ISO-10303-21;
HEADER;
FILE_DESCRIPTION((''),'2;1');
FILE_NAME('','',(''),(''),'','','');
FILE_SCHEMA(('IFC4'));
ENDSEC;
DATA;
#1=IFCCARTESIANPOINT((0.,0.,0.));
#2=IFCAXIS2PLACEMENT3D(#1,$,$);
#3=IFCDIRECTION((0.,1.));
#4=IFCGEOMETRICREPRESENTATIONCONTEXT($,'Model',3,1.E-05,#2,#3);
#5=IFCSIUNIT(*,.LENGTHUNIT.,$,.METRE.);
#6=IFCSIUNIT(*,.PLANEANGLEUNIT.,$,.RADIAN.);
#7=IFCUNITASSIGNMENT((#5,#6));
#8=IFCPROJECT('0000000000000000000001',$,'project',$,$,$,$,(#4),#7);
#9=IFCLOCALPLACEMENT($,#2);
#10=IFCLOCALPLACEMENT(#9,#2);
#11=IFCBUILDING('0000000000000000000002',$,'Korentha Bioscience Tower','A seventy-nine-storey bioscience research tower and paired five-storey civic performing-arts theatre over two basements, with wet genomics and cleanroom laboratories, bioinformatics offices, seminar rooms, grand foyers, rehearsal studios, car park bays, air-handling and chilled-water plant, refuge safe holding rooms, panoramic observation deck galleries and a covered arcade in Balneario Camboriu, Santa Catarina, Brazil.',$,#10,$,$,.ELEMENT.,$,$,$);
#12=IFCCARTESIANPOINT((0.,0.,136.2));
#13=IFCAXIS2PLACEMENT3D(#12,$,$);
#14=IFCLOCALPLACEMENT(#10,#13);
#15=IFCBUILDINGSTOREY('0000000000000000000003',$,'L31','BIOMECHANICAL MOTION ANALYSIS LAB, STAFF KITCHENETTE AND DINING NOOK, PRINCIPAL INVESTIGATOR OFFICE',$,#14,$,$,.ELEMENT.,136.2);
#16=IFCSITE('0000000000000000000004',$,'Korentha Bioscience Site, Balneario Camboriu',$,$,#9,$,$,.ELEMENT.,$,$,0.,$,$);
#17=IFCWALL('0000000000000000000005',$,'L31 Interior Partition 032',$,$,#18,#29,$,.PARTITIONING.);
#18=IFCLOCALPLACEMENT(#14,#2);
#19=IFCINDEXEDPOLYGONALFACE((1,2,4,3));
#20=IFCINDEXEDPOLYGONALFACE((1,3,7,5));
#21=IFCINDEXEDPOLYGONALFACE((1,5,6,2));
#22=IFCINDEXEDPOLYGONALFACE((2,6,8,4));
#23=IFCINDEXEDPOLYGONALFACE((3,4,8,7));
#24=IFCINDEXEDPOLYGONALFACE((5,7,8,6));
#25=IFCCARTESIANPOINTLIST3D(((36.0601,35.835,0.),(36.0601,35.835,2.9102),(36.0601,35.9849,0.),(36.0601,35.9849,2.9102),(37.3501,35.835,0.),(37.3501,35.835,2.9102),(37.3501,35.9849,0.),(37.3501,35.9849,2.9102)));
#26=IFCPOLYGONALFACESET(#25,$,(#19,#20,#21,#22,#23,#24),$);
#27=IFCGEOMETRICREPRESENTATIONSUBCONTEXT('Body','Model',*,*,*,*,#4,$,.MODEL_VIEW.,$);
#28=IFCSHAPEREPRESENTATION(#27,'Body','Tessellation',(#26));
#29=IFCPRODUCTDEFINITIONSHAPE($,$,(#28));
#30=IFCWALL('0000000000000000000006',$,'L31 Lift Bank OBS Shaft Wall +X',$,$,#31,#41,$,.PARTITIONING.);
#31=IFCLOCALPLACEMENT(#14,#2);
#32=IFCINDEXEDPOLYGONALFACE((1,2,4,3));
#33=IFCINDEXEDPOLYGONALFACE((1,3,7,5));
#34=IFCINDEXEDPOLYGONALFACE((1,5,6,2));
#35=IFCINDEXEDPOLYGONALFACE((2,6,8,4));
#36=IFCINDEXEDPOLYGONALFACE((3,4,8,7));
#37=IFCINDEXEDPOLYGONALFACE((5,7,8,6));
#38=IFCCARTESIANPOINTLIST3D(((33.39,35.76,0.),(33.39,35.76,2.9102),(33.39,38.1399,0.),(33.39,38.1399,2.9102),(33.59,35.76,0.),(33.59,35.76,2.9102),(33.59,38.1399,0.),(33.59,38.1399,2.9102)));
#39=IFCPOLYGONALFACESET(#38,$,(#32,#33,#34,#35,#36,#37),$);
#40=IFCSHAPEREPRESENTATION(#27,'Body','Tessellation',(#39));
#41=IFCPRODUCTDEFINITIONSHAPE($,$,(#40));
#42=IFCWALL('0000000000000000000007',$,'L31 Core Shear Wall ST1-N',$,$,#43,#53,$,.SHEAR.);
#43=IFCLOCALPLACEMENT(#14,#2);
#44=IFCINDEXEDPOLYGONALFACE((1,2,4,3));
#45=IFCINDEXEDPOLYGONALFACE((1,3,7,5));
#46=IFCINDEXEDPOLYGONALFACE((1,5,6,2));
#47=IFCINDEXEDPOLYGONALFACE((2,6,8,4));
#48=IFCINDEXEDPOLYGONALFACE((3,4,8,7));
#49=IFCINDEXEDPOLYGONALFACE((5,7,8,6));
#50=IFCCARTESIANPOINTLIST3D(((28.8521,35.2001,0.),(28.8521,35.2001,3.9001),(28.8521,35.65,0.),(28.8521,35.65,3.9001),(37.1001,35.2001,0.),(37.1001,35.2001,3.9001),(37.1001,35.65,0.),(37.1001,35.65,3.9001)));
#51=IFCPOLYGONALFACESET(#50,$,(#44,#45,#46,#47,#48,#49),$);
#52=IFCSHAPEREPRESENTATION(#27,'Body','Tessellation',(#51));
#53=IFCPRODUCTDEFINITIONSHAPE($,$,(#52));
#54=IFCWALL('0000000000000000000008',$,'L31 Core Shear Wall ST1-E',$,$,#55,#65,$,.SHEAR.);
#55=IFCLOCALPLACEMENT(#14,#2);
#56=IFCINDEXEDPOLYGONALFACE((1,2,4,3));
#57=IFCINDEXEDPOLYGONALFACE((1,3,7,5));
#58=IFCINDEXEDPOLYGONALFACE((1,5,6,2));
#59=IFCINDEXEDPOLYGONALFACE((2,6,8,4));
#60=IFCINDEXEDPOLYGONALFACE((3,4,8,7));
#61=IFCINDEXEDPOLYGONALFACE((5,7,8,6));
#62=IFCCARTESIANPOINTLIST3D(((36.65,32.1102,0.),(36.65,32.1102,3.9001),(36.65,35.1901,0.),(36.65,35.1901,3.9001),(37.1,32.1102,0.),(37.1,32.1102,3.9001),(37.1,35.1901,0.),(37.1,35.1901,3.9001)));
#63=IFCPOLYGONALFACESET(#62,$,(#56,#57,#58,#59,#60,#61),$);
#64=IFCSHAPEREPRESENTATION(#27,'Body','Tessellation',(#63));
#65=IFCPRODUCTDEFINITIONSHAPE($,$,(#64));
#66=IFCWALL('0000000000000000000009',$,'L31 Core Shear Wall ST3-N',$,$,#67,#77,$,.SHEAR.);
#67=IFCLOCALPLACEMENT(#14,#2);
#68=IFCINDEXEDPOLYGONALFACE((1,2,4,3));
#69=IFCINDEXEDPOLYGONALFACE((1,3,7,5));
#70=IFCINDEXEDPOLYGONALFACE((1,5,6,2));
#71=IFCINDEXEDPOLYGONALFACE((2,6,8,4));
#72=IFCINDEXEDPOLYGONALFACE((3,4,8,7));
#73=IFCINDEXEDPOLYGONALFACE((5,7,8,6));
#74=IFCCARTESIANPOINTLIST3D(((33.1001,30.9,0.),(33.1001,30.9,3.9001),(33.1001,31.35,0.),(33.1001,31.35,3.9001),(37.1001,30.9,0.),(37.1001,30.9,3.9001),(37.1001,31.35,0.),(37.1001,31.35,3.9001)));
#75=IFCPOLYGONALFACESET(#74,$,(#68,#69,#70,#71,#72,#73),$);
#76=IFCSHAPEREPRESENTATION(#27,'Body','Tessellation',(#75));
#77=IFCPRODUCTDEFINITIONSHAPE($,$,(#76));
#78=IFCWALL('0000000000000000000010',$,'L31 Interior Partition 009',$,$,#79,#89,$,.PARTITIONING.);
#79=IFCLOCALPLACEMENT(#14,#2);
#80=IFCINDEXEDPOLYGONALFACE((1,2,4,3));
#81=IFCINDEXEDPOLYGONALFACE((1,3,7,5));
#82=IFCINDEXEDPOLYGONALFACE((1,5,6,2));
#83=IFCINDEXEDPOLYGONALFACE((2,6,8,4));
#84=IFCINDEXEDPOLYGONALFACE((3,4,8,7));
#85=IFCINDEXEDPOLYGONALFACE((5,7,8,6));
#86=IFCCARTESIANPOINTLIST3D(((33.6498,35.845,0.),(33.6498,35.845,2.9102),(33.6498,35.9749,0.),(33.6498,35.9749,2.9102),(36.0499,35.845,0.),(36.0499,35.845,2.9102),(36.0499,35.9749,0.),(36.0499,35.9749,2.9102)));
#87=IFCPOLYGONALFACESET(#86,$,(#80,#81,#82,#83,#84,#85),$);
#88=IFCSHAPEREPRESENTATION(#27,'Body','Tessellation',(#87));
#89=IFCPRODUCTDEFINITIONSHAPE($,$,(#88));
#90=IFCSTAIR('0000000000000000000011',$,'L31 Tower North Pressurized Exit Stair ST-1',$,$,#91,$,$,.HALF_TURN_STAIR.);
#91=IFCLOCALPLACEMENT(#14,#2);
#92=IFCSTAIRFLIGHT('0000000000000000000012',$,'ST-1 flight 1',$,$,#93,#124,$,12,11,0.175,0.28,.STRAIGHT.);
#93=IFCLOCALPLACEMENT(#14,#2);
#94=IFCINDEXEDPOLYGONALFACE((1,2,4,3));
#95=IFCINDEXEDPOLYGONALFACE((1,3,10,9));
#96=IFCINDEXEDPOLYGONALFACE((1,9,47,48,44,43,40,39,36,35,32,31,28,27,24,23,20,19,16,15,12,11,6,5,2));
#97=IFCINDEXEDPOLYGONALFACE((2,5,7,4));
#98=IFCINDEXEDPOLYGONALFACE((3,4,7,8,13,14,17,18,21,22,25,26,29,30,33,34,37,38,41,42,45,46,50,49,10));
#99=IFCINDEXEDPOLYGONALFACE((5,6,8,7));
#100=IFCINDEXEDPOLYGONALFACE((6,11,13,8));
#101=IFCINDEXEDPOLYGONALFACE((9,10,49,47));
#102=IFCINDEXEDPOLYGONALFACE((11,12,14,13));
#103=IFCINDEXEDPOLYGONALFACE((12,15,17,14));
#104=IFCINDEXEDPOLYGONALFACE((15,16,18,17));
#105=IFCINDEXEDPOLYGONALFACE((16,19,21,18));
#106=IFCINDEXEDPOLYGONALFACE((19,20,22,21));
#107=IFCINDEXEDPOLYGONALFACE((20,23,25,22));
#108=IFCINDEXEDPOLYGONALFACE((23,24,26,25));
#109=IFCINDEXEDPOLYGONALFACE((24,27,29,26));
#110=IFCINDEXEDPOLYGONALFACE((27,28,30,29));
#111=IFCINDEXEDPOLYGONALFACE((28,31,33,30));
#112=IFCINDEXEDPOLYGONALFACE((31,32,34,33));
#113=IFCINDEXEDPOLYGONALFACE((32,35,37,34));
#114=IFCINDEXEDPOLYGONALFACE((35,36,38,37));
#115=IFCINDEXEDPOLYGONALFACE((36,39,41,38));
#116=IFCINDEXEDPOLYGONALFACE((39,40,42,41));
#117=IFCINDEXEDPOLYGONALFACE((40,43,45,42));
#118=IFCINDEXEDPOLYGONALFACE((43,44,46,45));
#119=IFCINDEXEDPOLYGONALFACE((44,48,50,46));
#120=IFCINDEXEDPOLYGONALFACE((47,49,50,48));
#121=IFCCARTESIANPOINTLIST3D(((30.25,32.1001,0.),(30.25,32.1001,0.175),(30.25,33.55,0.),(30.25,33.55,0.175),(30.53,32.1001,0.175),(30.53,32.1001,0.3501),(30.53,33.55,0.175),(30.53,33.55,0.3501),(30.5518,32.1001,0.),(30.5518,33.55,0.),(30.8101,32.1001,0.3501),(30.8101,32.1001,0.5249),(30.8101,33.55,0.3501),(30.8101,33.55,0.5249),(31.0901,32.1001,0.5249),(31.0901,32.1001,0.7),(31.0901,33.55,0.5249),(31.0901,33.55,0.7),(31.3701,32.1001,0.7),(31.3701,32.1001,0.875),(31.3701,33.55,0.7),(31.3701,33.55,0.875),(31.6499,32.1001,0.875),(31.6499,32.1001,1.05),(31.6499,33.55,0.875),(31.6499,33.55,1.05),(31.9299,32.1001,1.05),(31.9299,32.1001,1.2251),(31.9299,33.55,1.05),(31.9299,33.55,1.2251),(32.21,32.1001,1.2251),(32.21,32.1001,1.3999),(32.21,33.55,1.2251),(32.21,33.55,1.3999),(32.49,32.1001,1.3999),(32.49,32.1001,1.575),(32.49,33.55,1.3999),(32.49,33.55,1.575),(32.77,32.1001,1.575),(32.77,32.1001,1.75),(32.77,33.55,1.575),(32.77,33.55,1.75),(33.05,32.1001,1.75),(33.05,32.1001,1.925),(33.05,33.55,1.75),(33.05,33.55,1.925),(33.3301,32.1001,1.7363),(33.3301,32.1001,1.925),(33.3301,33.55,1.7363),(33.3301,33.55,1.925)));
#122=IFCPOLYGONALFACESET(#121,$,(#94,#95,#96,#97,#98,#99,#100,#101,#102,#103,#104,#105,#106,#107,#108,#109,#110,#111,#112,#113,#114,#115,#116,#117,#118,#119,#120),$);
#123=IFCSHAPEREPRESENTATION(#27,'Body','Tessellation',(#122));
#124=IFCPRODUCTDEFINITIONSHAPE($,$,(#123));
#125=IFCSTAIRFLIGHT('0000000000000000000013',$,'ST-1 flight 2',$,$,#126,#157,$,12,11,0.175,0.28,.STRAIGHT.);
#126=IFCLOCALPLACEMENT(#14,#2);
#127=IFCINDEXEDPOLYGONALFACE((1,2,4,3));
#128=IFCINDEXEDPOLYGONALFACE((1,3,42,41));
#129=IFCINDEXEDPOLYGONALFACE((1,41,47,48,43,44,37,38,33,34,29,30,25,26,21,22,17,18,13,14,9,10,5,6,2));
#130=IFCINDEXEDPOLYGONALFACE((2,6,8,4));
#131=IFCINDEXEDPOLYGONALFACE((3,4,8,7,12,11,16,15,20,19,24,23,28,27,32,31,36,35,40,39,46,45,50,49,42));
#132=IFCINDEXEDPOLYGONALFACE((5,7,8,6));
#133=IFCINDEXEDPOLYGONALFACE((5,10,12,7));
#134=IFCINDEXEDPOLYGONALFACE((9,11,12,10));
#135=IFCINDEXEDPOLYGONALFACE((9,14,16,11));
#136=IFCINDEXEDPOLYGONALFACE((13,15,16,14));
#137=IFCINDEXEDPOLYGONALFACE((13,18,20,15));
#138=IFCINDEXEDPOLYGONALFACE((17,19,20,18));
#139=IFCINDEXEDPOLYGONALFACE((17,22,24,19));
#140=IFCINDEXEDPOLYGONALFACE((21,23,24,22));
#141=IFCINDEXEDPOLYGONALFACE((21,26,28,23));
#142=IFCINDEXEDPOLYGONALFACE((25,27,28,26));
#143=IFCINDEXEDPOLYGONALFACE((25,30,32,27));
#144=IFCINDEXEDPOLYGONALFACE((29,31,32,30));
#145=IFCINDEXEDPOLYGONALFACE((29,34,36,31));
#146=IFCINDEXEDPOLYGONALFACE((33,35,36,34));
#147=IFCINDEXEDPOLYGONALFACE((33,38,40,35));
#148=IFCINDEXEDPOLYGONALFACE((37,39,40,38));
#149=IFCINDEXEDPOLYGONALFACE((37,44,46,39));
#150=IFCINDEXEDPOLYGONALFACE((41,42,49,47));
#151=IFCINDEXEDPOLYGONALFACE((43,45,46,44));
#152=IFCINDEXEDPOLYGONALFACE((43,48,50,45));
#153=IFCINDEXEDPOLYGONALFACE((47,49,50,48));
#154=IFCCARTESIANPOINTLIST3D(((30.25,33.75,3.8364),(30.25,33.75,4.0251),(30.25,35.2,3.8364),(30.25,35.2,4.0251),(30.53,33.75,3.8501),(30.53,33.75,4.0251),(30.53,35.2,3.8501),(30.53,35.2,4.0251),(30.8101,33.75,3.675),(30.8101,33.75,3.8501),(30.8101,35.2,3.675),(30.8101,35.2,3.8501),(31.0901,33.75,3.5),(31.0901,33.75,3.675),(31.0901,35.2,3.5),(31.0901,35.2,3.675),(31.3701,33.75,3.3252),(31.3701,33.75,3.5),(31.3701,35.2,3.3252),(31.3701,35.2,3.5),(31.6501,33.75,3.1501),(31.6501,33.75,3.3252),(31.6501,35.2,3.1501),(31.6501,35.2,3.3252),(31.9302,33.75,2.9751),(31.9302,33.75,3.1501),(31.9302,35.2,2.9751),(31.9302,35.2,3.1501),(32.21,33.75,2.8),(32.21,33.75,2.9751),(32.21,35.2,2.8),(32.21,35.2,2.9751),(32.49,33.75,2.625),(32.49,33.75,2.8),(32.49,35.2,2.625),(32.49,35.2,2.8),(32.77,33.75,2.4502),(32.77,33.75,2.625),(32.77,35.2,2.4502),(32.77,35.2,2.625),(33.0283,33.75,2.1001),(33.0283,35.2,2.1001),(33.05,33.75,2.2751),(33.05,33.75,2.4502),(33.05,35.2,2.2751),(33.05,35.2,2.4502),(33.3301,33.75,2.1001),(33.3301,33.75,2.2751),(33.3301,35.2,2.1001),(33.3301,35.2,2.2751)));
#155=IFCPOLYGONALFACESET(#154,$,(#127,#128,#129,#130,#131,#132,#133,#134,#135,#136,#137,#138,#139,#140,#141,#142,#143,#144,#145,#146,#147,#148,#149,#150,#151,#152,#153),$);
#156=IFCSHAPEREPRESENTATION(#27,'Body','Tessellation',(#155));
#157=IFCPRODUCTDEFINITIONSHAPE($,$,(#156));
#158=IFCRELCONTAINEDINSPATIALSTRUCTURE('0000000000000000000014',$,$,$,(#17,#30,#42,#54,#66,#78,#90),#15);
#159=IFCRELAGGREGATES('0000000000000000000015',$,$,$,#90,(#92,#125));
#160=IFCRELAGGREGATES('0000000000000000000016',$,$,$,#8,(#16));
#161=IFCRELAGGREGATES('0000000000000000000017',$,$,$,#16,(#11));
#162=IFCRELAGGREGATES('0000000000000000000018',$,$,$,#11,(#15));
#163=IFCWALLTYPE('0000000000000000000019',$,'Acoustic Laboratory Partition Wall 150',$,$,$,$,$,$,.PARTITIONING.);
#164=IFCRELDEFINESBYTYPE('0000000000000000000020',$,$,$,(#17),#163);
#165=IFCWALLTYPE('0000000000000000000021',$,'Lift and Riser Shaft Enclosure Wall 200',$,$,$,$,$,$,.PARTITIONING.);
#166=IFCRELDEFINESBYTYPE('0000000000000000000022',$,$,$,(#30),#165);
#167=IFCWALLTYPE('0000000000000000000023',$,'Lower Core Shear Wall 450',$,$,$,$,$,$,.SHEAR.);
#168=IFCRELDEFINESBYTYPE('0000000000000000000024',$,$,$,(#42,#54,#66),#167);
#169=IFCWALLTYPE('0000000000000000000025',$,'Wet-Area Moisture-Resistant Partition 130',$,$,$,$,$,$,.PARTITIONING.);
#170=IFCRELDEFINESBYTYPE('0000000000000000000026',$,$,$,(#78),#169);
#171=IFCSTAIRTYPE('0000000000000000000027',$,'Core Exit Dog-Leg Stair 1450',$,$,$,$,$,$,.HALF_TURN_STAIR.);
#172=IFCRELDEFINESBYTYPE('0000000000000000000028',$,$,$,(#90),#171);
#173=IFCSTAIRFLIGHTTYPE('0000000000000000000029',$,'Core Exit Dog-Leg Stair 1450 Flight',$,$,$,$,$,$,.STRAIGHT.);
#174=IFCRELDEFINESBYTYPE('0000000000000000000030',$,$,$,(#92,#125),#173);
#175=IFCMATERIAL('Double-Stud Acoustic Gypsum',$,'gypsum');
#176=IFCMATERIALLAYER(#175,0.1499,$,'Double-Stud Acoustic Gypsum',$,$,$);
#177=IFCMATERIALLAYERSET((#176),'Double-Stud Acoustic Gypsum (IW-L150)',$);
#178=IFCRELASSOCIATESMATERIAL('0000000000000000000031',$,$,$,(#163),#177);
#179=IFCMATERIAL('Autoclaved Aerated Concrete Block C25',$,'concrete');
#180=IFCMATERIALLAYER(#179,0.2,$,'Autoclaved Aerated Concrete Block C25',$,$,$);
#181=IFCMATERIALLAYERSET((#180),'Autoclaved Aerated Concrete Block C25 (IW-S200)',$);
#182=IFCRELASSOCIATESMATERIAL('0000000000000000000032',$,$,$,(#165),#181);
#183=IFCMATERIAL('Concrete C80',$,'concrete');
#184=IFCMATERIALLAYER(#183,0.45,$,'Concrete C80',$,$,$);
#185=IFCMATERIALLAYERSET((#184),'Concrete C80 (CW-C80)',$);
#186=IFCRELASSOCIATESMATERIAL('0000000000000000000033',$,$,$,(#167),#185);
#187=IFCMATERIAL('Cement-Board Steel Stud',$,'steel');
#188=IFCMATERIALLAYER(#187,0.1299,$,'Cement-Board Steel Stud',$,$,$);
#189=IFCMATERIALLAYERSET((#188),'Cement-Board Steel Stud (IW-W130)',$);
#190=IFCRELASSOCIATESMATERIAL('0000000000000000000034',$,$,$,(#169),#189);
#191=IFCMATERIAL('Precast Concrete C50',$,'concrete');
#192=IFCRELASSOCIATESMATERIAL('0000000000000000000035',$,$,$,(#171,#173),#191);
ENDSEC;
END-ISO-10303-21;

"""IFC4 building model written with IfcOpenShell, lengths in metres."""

from ifc_helpers import new_model, si_unit, direction, frame, frame_2d, origin, place, context, subcontext, project, spatial, polyline, rectangle, outline, extrude, material, layer, layer_set, type_object, element, aggregate, save


model = new_model("IFC4")

# Units and contexts
model_context = context("Model", 3, precision=1e-05, world=origin(), true_north=direction((0.0, 1.0)))
body_context = subcontext(model_context, "Body", "Model", "MODEL_VIEW")
ifc_project = project(units=[si_unit("LENGTHUNIT", "METRE"), si_unit("PLANEANGLEUNIT", "RADIAN")], contexts=[model_context])

# Site, building, storey
site_placement = place(None, origin())
site = spatial("IfcSite", under=ifc_project, at=site_placement, Name="Korentha Bioscience Site, Balneario Camboriu", CompositionType="ELEMENT", RefElevation=0.0)
building_placement = place(site_placement, origin())
building = spatial("IfcBuilding", under=site, at=building_placement, Name="Korentha Bioscience Tower", Description="A seventy-nine-storey bioscience research tower and paired five-storey civic performing-arts theatre over two basements, with wet genomics and cleanroom laboratories, bioinformatics offices, seminar rooms, grand foyers, rehearsal studios, car park bays, air-handling and chilled-water plant, refuge safe holding rooms, panoramic observation deck galleries and a covered arcade in Balneario Camboriu, Santa Catarina, Brazil.", CompositionType="ELEMENT")
storey_placement = place(building_placement, frame((0.0, 0.0, 136.2)))
storey = spatial("IfcBuildingStorey", under=building, at=storey_placement, Name="L31", Description="BIOMECHANICAL MOTION ANALYSIS LAB, STAFF KITCHENETTE AND DINING NOOK, PRINCIPAL INVESTIGATOR OFFICE", CompositionType="ELEMENT", Elevation=136.2)

# Walls
ifc_material_1 = material(Name="Double-Stud Acoustic Gypsum", Category="gypsum")
ifc_layer_1 = layer(ifc_material_1, 0.1499, Name="Double-Stud Acoustic Gypsum")
ifc_layer_set_1 = layer_set([ifc_layer_1], Name="Double-Stud Acoustic Gypsum (IW-L150)")
wall_type_1 = type_object("IfcWallType", Name="Acoustic Laboratory Partition Wall 150", PredefinedType="PARTITIONING", material=ifc_layer_set_1)
wall_1_placement = place(storey_placement, frame((37.3501, 35.9099, 0.0), z_axis=(0.0, 0.0, 1.0), x_axis=(-1.0, 0.0, 0.0)))
element("IfcWall", 1, at=wall_1_placement, inside=storey, type_object=wall_type_1, Name="L31 Interior Partition 032", PredefinedType="PARTITIONING", context=body_context, shape_type="SweptSolid", body=[
    extrude(rectangle(XDim=1.29, YDim=0.1499, at=frame_2d((0.645, 0.0))), origin(), (0.0, 0.0, 1.0), 2.9102),
])
ifc_material_2 = material(Name="Autoclaved Aerated Concrete Block C25", Category="concrete")
ifc_layer_2 = layer(ifc_material_2, 0.2, Name="Autoclaved Aerated Concrete Block C25")
ifc_layer_set_2 = layer_set([ifc_layer_2], Name="Autoclaved Aerated Concrete Block C25 (IW-S200)")
wall_type_2 = type_object("IfcWallType", Name="Lift and Riser Shaft Enclosure Wall 200", PredefinedType="PARTITIONING", material=ifc_layer_set_2)
wall_2_placement = place(storey_placement, frame((33.49, 35.76, 0.0), z_axis=(0.0, 0.0, 1.0), x_axis=(0.0, 1.0, 0.0)))
element("IfcWall", 2, at=wall_2_placement, inside=storey, type_object=wall_type_2, Name="L31 Lift Bank OBS Shaft Wall +X", PredefinedType="PARTITIONING", context=body_context, shape_type="SweptSolid", body=[
    extrude(rectangle(XDim=2.3799, YDim=0.2, at=frame_2d((1.1899, 0.0))), origin(), (0.0, 0.0, 1.0), 2.9102),
])
ifc_material_3 = material(Name="Concrete C80", Category="concrete")
ifc_layer_3 = layer(ifc_material_3, 0.45, Name="Concrete C80")
ifc_layer_set_3 = layer_set([ifc_layer_3], Name="Concrete C80 (CW-C80)")
wall_type_3 = type_object("IfcWallType", Name="Lower Core Shear Wall 450", PredefinedType="SHEAR", material=ifc_layer_set_3)
wall_3_placement = place(storey_placement, frame((28.8521, 35.425, 0.0), z_axis=(0.0, 0.0, 1.0), x_axis=(1.0, 0.0, 0.0)))
element("IfcWall", 3, at=wall_3_placement, inside=storey, type_object=wall_type_3, Name="L31 Core Shear Wall ST1-N", PredefinedType="SHEAR", context=body_context, shape_type="SweptSolid", body=[
    extrude(rectangle(XDim=8.248, YDim=0.45, at=frame_2d((4.124, 0.0))), origin(), (0.0, 0.0, 1.0), 3.9001),
])
wall_4_placement = place(storey_placement, frame((36.875, 32.1101, 0.0), z_axis=(0.0, 0.0, 1.0), x_axis=(0.0, 1.0, 0.0)))
element("IfcWall", 4, at=wall_4_placement, inside=storey, type_object=wall_type_3, Name="L31 Core Shear Wall ST1-E", PredefinedType="SHEAR", context=body_context, shape_type="SweptSolid", body=[
    extrude(rectangle(XDim=3.0798, YDim=0.45, at=frame_2d((1.54, 0.0))), origin(), (0.0, 0.0, 1.0), 3.9001),
])
wall_5_placement = place(storey_placement, frame((33.1001, 31.125, 0.0), z_axis=(0.0, 0.0, 1.0), x_axis=(1.0, 0.0, 0.0)))
element("IfcWall", 5, at=wall_5_placement, inside=storey, type_object=wall_type_3, Name="L31 Core Shear Wall ST3-N", PredefinedType="SHEAR", context=body_context, shape_type="SweptSolid", body=[
    extrude(rectangle(XDim=4.0, YDim=0.45, at=frame_2d((2.0, 0.0))), origin(), (0.0, 0.0, 1.0), 3.9001),
])
ifc_material_4 = material(Name="Cement-Board Steel Stud", Category="steel")
ifc_layer_4 = layer(ifc_material_4, 0.1299, Name="Cement-Board Steel Stud")
ifc_layer_set_4 = layer_set([ifc_layer_4], Name="Cement-Board Steel Stud (IW-W130)")
wall_type_4 = type_object("IfcWallType", Name="Wet-Area Moisture-Resistant Partition 130", PredefinedType="PARTITIONING", material=ifc_layer_set_4)
wall_6_placement = place(storey_placement, frame((36.05, 35.9099, 0.0), z_axis=(0.0, 0.0, 1.0), x_axis=(-1.0, 0.0, 0.0)))
element("IfcWall", 6, at=wall_6_placement, inside=storey, type_object=wall_type_4, Name="L31 Interior Partition 009", PredefinedType="PARTITIONING", context=body_context, shape_type="SweptSolid", body=[
    extrude(rectangle(XDim=2.4001, YDim=0.1299, at=frame_2d((1.2002, 0.0))), origin(), (0.0, 0.0, 1.0), 2.9102),
])

# Stair, stair flights
ifc_material_5 = material(Name="Precast Concrete C50", Category="concrete")
stair_type = type_object("IfcStairType", Name="Core Exit Dog-Leg Stair 1450", PredefinedType="HALF_TURN_STAIR", material=ifc_material_5)
stair_placement = place(storey_placement, origin())
stair = element("IfcStair", 7, at=stair_placement, inside=storey, type_object=stair_type, Name="L31 Tower North Pressurized Exit Stair ST-1", PredefinedType="HALF_TURN_STAIR")
stair_flight_type = type_object("IfcStairFlightType", Name="Core Exit Dog-Leg Stair 1450 Flight", PredefinedType="STRAIGHT", material=ifc_material_5)
stair_flight_1_placement = place(storey_placement, frame((30.25, 32.825, 0.0), z_axis=(0.0, 0.0, 1.0), x_axis=(1.0, 0.0, 0.0)))
stair_flight_1 = element("IfcStairFlight", 8, at=stair_flight_1_placement, type_object=stair_flight_type, Name="ST-1 flight 1", NumberOfRisers=12, NumberOfTreads=11, PredefinedType="STRAIGHT", RiserHeight=0.175, TreadLength=0.28, context=body_context, shape_type="SweptSolid", body=[
    extrude(outline(polyline([(0.0, 0.0), (0.0, 0.175), (0.28, 0.175), (0.28, 0.3501), (0.5601, 0.3501), (0.5601, 0.5249), (0.8401, 0.5249), (0.8401, 0.7), (1.1201, 0.7), (1.1201, 0.875), (1.3999, 0.875), (1.3999, 1.05), (1.6799, 1.05), (1.6799, 1.2251), (1.96, 1.2251), (1.96, 1.3999), (2.24, 1.3999), (2.24, 1.575), (2.52, 1.575), (2.52, 1.75), (2.8, 1.75), (2.8, 1.925), (3.0801, 1.925), (3.0801, 2.1001), (3.0801, 1.7363), (0.3018, 0.0), (0.0, 0.0)])), frame((0.0, 0.7251, 0.0), z_axis=(0.0, -1.0, 0.0), x_axis=(1.0, 0.0, 0.0)), (0.0, 0.0, 1.0), 1.45),
])
stair_flight_2_placement = place(storey_placement, frame((33.3301, 34.4751, 2.1001), z_axis=(0.0, 0.0, 1.0), x_axis=(-1.0, 0.0, 0.0)))
stair_flight_2 = element("IfcStairFlight", 9, at=stair_flight_2_placement, type_object=stair_flight_type, Name="ST-1 flight 2", NumberOfRisers=12, NumberOfTreads=11, PredefinedType="STRAIGHT", RiserHeight=0.175, TreadLength=0.28, context=body_context, shape_type="SweptSolid", body=[
    extrude(outline(polyline([(0.0, 0.0), (0.0, 0.175), (0.28, 0.175), (0.28, 0.3501), (0.5601, 0.3501), (0.5601, 0.5249), (0.8401, 0.5249), (0.8401, 0.7), (1.1201, 0.7), (1.1201, 0.875), (1.3999, 0.875), (1.3999, 1.05), (1.6799, 1.05), (1.6799, 1.2251), (1.96, 1.2251), (1.96, 1.3999), (2.24, 1.3999), (2.24, 1.575), (2.52, 1.575), (2.52, 1.75), (2.8, 1.75), (2.8, 1.925), (3.0801, 1.925), (3.0801, 2.1001), (3.0801, 1.7363), (0.3018, 0.0), (0.0, 0.0)])), frame((0.0, 0.7251, 0.0), z_axis=(0.0, -1.0, 0.0), x_axis=(1.0, 0.0, 0.0)), (0.0, 0.0, 1.0), 1.45),
])
aggregate(stair, [stair_flight_1, stair_flight_2])

save(model, "model.ifc")
